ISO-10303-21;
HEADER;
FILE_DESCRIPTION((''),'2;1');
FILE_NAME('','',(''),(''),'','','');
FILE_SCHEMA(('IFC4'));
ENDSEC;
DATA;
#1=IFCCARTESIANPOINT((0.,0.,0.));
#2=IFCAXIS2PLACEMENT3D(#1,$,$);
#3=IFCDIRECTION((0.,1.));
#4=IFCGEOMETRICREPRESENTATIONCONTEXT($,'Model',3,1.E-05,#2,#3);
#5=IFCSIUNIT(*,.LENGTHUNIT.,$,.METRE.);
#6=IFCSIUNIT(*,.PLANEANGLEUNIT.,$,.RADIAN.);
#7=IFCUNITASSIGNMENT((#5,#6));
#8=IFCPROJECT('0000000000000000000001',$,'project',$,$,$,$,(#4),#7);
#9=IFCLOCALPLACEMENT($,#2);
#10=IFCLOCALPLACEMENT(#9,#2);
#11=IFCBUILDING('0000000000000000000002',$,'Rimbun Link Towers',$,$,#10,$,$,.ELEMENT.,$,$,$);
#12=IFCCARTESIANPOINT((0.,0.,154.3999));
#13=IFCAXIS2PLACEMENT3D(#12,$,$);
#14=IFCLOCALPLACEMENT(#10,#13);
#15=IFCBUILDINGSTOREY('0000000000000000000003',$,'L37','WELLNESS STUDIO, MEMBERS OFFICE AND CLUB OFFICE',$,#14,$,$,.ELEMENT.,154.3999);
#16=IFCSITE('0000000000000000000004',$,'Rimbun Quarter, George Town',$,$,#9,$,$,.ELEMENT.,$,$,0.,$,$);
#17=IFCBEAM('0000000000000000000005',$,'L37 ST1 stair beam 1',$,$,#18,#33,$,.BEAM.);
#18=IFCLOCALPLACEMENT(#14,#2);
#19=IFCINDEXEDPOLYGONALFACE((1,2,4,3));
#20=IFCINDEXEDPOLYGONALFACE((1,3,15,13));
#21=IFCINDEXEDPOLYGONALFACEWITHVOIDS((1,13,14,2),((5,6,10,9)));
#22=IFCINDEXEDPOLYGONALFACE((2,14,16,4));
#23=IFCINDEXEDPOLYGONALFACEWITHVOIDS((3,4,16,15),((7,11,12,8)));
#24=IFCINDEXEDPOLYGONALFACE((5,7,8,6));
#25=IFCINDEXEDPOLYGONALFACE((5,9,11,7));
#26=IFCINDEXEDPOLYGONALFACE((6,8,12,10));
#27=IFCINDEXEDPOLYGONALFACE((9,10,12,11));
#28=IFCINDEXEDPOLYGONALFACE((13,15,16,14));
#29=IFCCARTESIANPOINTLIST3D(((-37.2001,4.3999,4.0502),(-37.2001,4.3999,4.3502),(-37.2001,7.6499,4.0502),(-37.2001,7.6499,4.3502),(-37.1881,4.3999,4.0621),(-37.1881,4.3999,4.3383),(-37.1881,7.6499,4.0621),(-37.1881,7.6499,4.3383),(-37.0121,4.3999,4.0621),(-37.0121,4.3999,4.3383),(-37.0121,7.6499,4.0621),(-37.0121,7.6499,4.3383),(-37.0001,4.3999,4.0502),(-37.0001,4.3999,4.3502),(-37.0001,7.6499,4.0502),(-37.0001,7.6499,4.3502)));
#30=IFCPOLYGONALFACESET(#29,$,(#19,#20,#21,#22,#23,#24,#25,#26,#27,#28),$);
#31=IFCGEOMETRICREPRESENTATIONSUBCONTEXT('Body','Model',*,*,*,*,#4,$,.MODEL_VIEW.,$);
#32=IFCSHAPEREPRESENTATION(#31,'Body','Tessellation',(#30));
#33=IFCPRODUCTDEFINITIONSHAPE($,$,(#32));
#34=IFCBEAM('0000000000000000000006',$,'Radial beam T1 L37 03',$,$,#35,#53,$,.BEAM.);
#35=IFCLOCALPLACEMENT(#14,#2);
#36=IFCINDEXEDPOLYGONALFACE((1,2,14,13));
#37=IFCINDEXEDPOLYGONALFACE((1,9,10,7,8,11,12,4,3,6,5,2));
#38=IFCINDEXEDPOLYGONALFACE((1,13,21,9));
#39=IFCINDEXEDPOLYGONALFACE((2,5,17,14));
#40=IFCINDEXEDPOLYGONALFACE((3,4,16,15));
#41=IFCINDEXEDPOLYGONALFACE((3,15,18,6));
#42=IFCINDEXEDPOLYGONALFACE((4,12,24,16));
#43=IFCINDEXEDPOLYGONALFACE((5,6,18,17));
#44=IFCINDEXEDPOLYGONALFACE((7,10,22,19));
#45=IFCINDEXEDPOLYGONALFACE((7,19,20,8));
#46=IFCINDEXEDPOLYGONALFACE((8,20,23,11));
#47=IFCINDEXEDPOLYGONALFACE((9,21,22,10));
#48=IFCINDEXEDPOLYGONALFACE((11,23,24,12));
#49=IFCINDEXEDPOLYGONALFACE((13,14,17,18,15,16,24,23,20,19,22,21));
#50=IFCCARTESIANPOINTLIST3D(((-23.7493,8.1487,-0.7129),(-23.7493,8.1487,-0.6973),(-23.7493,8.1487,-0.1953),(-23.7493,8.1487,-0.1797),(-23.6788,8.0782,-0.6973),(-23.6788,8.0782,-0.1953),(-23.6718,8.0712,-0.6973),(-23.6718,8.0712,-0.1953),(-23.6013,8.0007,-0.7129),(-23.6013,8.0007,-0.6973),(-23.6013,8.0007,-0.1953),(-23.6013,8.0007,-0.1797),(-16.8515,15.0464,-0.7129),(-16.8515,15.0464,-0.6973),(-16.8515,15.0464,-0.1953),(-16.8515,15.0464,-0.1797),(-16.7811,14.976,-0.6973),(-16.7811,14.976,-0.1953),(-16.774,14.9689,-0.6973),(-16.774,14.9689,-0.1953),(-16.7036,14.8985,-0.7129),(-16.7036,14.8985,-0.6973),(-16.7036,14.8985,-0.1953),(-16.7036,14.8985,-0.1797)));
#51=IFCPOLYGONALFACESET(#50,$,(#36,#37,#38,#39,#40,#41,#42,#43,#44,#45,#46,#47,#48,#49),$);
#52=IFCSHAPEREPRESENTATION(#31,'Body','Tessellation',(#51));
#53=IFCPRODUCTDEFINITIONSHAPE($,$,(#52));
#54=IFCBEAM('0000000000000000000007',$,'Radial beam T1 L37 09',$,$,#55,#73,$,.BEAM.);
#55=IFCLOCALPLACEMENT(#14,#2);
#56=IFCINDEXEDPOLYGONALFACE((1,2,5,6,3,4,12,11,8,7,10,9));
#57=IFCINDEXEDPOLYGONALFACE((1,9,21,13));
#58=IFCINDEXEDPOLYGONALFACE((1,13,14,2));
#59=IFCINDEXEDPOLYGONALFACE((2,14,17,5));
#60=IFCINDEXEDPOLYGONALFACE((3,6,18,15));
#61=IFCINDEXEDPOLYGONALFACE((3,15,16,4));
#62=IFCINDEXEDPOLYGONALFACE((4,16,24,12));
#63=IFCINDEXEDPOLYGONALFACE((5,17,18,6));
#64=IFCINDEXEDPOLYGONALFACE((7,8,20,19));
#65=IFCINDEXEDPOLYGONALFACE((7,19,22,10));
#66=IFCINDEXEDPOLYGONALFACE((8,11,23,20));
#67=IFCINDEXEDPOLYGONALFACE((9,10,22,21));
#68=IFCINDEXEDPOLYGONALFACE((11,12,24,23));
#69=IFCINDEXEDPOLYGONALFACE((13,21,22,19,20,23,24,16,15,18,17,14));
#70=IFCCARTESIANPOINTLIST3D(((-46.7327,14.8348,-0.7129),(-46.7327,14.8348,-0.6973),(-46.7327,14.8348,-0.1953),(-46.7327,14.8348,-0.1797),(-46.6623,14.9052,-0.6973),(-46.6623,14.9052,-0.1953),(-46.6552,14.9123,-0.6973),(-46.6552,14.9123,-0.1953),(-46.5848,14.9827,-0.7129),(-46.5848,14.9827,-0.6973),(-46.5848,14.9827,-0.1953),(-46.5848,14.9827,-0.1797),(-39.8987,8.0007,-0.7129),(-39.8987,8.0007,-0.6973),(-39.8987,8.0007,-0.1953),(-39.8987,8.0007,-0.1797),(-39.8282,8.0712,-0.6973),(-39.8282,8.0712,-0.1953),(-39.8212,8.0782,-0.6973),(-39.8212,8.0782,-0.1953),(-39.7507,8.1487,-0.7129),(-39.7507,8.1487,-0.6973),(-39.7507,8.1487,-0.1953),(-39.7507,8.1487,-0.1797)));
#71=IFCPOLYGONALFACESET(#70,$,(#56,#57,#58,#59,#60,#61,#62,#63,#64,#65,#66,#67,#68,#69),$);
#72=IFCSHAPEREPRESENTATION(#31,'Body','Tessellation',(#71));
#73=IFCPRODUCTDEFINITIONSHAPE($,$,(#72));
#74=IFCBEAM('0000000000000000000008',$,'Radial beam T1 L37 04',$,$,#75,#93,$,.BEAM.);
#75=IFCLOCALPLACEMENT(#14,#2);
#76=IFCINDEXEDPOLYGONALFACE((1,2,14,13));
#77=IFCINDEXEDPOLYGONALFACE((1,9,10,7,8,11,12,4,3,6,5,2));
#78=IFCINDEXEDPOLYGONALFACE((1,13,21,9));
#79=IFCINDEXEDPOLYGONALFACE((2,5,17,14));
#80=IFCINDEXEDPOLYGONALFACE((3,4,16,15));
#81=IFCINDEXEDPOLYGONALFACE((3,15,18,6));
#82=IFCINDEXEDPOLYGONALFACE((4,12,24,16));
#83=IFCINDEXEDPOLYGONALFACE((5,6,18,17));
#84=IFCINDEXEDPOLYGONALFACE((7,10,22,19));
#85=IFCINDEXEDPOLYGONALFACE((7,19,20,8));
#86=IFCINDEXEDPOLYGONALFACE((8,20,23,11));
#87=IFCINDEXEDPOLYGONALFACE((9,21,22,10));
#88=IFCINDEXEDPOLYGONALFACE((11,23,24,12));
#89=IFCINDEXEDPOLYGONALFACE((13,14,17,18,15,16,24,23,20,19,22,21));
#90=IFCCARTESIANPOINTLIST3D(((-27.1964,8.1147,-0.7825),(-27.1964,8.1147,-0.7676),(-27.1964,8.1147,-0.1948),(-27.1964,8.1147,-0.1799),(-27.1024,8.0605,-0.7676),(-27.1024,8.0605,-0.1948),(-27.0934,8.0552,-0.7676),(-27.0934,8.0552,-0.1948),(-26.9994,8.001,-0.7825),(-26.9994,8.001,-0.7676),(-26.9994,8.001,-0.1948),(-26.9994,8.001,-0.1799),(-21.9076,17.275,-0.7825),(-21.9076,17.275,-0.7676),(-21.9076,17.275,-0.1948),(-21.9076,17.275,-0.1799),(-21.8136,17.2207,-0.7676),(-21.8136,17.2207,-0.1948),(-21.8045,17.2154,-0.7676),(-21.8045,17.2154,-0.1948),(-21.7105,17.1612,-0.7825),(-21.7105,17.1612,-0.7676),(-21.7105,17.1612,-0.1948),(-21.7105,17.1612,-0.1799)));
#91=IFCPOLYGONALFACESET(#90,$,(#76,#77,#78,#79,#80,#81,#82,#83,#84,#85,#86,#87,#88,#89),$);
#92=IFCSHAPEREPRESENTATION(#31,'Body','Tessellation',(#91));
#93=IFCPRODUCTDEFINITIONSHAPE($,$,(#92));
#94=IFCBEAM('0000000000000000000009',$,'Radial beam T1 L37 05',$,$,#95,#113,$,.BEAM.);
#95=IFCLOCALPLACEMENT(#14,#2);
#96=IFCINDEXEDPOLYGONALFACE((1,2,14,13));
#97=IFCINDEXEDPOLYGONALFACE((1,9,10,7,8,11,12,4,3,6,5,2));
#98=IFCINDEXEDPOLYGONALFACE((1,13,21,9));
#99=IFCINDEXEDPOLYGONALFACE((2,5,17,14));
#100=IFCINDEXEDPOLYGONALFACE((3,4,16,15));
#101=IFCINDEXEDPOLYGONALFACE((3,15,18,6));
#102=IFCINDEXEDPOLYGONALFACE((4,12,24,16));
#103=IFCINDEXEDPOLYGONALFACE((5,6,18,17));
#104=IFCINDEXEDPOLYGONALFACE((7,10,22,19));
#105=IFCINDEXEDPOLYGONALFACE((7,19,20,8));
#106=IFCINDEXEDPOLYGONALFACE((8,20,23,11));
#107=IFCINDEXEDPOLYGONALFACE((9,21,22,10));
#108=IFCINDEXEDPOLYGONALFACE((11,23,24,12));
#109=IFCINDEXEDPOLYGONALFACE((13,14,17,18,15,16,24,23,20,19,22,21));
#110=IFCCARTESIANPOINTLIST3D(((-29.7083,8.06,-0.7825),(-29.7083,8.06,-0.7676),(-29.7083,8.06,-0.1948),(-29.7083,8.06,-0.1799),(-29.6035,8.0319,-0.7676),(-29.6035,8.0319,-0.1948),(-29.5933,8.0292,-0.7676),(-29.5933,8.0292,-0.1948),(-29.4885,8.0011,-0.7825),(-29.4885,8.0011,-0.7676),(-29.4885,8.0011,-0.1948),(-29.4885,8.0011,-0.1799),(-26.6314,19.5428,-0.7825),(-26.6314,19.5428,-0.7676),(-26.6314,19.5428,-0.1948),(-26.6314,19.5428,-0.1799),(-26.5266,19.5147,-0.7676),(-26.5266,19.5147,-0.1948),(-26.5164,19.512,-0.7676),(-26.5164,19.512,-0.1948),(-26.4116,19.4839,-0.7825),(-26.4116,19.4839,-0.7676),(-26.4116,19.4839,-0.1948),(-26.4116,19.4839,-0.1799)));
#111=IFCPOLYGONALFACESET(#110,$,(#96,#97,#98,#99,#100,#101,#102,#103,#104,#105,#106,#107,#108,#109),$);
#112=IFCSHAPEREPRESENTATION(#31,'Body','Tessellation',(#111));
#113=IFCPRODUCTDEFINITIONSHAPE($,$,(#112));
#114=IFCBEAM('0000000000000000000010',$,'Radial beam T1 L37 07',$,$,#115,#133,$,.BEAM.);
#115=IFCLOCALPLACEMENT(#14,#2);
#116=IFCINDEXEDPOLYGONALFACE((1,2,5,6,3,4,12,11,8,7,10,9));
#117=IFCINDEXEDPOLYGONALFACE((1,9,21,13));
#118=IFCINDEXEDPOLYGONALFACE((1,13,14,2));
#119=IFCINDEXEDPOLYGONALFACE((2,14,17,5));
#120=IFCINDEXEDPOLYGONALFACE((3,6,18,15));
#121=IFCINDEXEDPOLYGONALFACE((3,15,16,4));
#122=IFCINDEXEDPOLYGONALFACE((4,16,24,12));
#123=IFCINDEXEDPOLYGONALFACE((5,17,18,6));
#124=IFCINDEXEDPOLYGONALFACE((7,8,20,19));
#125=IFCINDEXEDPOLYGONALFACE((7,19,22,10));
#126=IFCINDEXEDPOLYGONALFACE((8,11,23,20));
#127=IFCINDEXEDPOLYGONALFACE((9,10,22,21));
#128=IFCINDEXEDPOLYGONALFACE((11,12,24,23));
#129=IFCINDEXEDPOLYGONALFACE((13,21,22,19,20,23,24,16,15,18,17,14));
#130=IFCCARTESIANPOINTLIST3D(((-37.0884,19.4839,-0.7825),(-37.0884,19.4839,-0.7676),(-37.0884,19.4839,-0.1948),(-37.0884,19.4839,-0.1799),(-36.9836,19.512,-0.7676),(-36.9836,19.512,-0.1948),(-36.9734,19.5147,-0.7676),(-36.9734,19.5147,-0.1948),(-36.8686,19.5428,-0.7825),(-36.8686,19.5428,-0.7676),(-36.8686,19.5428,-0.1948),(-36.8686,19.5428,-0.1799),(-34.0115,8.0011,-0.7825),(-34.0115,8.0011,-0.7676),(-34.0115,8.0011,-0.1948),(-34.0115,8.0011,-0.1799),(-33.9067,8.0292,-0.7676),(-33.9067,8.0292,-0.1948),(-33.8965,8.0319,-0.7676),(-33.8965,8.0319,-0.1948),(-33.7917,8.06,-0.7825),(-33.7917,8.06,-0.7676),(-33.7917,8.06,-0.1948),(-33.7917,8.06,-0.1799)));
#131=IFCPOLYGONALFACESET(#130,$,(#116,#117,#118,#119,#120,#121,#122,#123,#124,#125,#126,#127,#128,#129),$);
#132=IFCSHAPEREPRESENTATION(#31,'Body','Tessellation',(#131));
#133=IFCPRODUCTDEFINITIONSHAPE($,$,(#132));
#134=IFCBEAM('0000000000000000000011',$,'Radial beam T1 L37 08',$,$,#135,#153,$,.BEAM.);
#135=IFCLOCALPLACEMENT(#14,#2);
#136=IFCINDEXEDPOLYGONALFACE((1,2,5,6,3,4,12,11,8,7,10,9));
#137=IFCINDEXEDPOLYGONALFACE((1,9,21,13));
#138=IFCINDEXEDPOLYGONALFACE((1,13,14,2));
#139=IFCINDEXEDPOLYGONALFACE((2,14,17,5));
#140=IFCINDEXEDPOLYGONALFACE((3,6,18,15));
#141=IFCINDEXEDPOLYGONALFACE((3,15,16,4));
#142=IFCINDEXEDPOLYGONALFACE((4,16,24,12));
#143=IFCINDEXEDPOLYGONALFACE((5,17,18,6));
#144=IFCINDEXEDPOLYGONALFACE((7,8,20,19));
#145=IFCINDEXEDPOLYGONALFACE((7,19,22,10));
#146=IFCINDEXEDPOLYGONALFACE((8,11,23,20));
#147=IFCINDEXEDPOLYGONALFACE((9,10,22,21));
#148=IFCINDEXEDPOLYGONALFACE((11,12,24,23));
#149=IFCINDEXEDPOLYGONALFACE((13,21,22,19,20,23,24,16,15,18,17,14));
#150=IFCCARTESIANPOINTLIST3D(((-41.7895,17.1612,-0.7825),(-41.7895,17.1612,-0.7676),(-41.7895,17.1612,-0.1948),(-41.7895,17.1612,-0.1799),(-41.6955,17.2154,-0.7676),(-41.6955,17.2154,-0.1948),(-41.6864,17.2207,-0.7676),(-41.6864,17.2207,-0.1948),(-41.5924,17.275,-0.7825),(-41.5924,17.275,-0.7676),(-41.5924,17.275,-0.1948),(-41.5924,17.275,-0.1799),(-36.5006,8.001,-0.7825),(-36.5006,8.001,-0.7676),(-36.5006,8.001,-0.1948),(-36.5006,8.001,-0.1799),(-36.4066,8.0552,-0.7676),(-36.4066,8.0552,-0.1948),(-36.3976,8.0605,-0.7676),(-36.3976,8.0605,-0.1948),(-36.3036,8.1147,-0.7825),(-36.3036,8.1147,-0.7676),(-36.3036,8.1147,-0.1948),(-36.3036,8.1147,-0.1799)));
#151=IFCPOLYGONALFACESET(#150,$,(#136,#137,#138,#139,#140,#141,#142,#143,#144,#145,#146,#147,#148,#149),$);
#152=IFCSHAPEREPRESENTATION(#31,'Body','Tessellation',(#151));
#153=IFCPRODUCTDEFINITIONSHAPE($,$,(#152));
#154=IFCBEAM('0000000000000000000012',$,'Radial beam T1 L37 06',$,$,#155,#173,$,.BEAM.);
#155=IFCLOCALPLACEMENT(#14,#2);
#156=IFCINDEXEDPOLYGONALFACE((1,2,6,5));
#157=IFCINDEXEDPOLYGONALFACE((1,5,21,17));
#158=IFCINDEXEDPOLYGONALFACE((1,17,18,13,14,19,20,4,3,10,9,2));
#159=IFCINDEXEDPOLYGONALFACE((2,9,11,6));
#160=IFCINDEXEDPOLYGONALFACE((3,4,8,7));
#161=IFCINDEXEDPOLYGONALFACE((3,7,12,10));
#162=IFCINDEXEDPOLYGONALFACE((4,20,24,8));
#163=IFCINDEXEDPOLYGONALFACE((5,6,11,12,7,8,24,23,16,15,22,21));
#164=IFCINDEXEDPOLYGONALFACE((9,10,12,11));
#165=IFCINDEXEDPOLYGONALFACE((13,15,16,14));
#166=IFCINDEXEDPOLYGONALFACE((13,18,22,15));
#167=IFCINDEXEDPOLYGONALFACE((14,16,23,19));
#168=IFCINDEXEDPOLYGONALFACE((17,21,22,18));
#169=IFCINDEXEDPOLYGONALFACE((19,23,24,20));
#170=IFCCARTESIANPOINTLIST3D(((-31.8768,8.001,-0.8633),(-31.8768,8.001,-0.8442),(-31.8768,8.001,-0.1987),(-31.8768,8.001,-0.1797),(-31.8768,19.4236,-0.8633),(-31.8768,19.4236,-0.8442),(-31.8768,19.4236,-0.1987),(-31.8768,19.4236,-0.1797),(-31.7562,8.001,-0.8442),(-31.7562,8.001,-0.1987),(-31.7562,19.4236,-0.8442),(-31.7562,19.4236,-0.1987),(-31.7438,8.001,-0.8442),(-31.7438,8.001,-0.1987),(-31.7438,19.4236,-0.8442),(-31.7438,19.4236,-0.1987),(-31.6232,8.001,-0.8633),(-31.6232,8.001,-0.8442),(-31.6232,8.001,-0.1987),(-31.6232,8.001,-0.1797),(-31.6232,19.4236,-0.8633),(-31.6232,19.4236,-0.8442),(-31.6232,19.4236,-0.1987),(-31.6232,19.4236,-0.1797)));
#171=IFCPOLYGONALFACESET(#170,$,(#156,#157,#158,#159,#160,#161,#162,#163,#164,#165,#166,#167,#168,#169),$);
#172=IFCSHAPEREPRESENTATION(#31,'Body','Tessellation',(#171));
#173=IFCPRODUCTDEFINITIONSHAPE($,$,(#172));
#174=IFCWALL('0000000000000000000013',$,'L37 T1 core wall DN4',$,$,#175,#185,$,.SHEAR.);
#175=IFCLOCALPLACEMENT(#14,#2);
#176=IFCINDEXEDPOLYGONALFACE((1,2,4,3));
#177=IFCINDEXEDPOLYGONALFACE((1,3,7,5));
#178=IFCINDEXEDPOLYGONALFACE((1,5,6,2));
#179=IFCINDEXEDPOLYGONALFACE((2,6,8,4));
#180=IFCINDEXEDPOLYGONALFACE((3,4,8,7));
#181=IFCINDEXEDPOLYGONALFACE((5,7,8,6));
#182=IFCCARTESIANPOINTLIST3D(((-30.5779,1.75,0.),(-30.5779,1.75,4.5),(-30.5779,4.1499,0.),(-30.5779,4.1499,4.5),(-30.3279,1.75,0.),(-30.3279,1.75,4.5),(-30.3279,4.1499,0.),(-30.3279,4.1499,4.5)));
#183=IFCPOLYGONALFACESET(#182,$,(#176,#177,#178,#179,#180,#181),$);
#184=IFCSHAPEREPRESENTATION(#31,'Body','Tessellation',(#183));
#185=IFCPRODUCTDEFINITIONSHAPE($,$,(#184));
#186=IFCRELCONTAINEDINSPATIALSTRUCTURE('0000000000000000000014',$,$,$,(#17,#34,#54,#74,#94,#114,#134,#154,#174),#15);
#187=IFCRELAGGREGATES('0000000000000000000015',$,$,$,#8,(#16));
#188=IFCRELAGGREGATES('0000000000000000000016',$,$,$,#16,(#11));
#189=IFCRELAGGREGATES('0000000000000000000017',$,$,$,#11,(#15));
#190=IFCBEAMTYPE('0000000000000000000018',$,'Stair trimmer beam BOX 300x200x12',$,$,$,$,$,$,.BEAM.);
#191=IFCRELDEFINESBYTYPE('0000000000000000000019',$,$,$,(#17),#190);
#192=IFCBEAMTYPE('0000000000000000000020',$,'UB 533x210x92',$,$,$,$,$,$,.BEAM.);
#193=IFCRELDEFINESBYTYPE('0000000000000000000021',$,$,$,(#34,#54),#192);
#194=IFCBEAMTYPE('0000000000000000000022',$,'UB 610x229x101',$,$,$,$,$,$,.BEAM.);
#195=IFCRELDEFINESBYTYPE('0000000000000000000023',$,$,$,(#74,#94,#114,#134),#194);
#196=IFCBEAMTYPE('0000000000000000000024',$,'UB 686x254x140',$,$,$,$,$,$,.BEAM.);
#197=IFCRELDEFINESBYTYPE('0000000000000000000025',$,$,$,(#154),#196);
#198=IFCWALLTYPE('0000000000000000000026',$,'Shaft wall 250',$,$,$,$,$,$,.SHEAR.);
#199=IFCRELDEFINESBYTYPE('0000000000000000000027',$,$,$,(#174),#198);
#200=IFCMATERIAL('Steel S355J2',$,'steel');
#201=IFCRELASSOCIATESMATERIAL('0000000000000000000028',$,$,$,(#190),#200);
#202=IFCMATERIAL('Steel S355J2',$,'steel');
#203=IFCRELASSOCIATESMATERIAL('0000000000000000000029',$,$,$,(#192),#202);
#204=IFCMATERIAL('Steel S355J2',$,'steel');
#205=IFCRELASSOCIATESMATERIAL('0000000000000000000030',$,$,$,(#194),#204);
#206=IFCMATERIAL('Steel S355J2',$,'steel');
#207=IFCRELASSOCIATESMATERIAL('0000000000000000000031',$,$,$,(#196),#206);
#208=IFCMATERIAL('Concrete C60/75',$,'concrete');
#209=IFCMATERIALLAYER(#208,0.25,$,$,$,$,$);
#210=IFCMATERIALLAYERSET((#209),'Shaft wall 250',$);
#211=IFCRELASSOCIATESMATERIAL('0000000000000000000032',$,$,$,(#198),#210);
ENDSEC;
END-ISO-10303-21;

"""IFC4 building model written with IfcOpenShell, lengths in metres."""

from ifc_helpers import new_model, si_unit, direction, frame, frame_2d, origin, origin_2d, place, context, subcontext, project, spatial, rectangle, hollow_rectangle, i_section, extrude, material, layer, layer_set, material_profile, profile_set, type_object, element, save


model = new_model("IFC4")

# Units and contexts
model_context = context("Model", 3, precision=1e-05, world=origin(), true_north=direction((0.0, 1.0)))
body_context = subcontext(model_context, "Body", "Model", "MODEL_VIEW")
ifc_project = project(units=[si_unit("LENGTHUNIT", "METRE"), si_unit("PLANEANGLEUNIT", "RADIAN")], contexts=[model_context])

# Site, building, storey
site_placement = place(None, origin())
site = spatial("IfcSite", under=ifc_project, at=site_placement, Name="Rimbun Quarter, George Town", CompositionType="ELEMENT", RefElevation=0.0)
building_placement = place(site_placement, origin())
building = spatial("IfcBuilding", under=site, at=building_placement, Name="Rimbun Link Towers", CompositionType="ELEMENT")
storey_placement = place(building_placement, frame((0.0, 0.0, 154.3999)))
storey = spatial("IfcBuildingStorey", under=building, at=storey_placement, Name="L37", Description="WELLNESS STUDIO, MEMBERS OFFICE AND CLUB OFFICE", CompositionType="ELEMENT", Elevation=154.3999)

# Beams
ifc_material_1 = material(Name="Steel S355J2", Category="steel")
ifc_material_profile_1 = material_profile(ifc_material_1, hollow_rectangle(XDim=0.2, YDim=0.3, WallThickness=0.012, at=origin_2d()), Name="BOX 300x200x12")
ifc_profile_set_1 = profile_set([ifc_material_profile_1], Name="Steel S355J2")
beam_type_1 = type_object("IfcBeamType", Name="Stair trimmer beam BOX 300x200x12", PredefinedType="BEAM", material=ifc_profile_set_1)
beam_1_placement = place(storey_placement, frame((-37.1001, 7.6499, 4.2002), z_axis=(0.0, -1.0, 0.0), x_axis=(1.0, 0.0, 0.0)))
element("IfcBeam", 1, at=beam_1_placement, inside=storey, type_object=beam_type_1, Name="L37 ST1 stair beam 1", PredefinedType="BEAM", context=body_context, shape_type="SweptSolid", body=[
    extrude(hollow_rectangle(XDim=0.2, YDim=0.3, WallThickness=0.012, at=origin_2d()), origin(), (0.0, 0.0, 1.0), 3.25),
])
ifc_material_2 = material(Name="Steel S355J2", Category="steel")
ifc_material_profile_2 = material_profile(ifc_material_2, i_section(OverallWidth=0.2092, OverallDepth=0.5332, WebThickness=0.01, FlangeThickness=0.0156, at=origin_2d()), Name="UB 533x210x92")
ifc_profile_set_2 = profile_set([ifc_material_profile_2], Name="Steel S355J2")
beam_type_2 = type_object("IfcBeamType", Name="UB 533x210x92", PredefinedType="BEAM", material=ifc_profile_set_2)
beam_2_placement = place(storey_placement, frame((-23.6753, 8.0747, -0.4463), z_axis=(0.707107, 0.707107, 0.0), x_axis=(-0.707107, 0.707107, 0.0)))
element("IfcBeam", 2, at=beam_2_placement, inside=storey, type_object=beam_type_2, Name="Radial beam T1 L37 03", PredefinedType="BEAM", context=body_context, shape_type="SweptSolid", body=[
    extrude(i_section(OverallWidth=0.2092, OverallDepth=0.5332, WebThickness=0.01, FlangeThickness=0.0156, at=origin_2d()), origin(), (0.0, 0.0, 1.0), 9.7549),
])
beam_3_placement = place(storey_placement, frame((-39.8247, 8.0747, -0.4463), z_axis=(-0.707107, 0.707107, 0.0), x_axis=(-0.707107, -0.707107, 0.0)))
element("IfcBeam", 3, at=beam_3_placement, inside=storey, type_object=beam_type_2, Name="Radial beam T1 L37 09", PredefinedType="BEAM", context=body_context, shape_type="SweptSolid", body=[
    extrude(i_section(OverallWidth=0.2092, OverallDepth=0.5332, WebThickness=0.01, FlangeThickness=0.0156, at=origin_2d()), origin(), (0.0, 0.0, 1.0), 9.6648),
])
ifc_material_3 = material(Name="Steel S355J2", Category="steel")
ifc_material_profile_3 = material_profile(ifc_material_3, i_section(OverallWidth=0.2275, OverallDepth=0.6025, WebThickness=0.0105, FlangeThickness=0.0149, at=origin_2d()), Name="UB 610x229x101")
ifc_profile_set_3 = profile_set([ifc_material_profile_3], Name="Steel S355J2")
beam_type_3 = type_object("IfcBeamType", Name="UB 610x229x101", PredefinedType="BEAM", material=ifc_profile_set_3)
beam_4_placement = place(storey_placement, frame((-27.0979, 8.0579, -0.4812), z_axis=(0.500014, 0.866017, 0.0), x_axis=(-0.866017, 0.500014, 0.0)))
element("IfcBeam", 4, at=beam_4_placement, inside=storey, type_object=beam_type_3, Name="Radial beam T1 L37 04", PredefinedType="BEAM", context=body_context, shape_type="SweptSolid", body=[
    extrude(i_section(OverallWidth=0.2275, OverallDepth=0.6025, WebThickness=0.0105, FlangeThickness=0.0149, at=origin_2d()), origin(), (0.0, 0.0, 1.0), 10.5774),
])
for number, where, z_axis, x_axis, name in (
    (5, (-29.5984, 8.0305, -0.4812), (0.258824, 0.965924, 0.0), (-0.965924, 0.258824, 0.0), "Radial beam T1 L37 05"),
    (6, (-33.9016, 8.0305, -0.4812), (-0.258824, 0.965924, 0.0), (-0.965924, -0.258824, 0.0), "Radial beam T1 L37 07"),
):
    element("IfcBeam", number, at=place(storey_placement, frame(where, z_axis=z_axis, x_axis=x_axis)), inside=storey, type_object=beam_type_3, Name=name, PredefinedType="BEAM", context=body_context, shape_type="SweptSolid", body=[
        extrude(i_section(OverallWidth=0.2275, OverallDepth=0.6025, WebThickness=0.0105, FlangeThickness=0.0149, at=origin_2d()), origin(), (0.0, 0.0, 1.0), 11.8879),
    ])
beam_5_placement = place(storey_placement, frame((-36.4021, 8.0579, -0.4812), z_axis=(-0.500014, 0.866017, 0.0), x_axis=(-0.866017, -0.500014, 0.0)))
element("IfcBeam", 7, at=beam_5_placement, inside=storey, type_object=beam_type_3, Name="Radial beam T1 L37 08", PredefinedType="BEAM", context=body_context, shape_type="SweptSolid", body=[
    extrude(i_section(OverallWidth=0.2275, OverallDepth=0.6025, WebThickness=0.0105, FlangeThickness=0.0149, at=origin_2d()), origin(), (0.0, 0.0, 1.0), 10.5774),
])
ifc_material_4 = material(Name="Steel S355J2", Category="steel")
ifc_material_profile_4 = material_profile(ifc_material_4, i_section(OverallWidth=0.2537, OverallDepth=0.6836, WebThickness=0.0125, FlangeThickness=0.019, at=origin_2d()), Name="UB 686x254x140")
ifc_profile_set_4 = profile_set([ifc_material_profile_4], Name="Steel S355J2")
beam_type_4 = type_object("IfcBeamType", Name="UB 686x254x140", PredefinedType="BEAM", material=ifc_profile_set_4)
beam_6_placement = place(storey_placement, frame((-31.75, 8.001, -0.5215), z_axis=(0.0, 1.0, 0.0), x_axis=(-1.0, 0.0, 0.0)))
element("IfcBeam", 8, at=beam_6_placement, inside=storey, type_object=beam_type_4, Name="Radial beam T1 L37 06", PredefinedType="BEAM", context=body_context, shape_type="SweptSolid", body=[
    extrude(i_section(OverallWidth=0.2537, OverallDepth=0.6836, WebThickness=0.0125, FlangeThickness=0.019, at=origin_2d()), origin(), (0.0, 0.0, 1.0), 11.4226),
])

# Wall
ifc_material_5 = material(Name="Concrete C60/75", Category="concrete")
ifc_layer = layer(ifc_material_5, 0.25)
ifc_layer_set = layer_set([ifc_layer], Name="Shaft wall 250")
wall_type = type_object("IfcWallType", Name="Shaft wall 250", PredefinedType="SHEAR", material=ifc_layer_set)
wall_1_placement = place(storey_placement, frame((-30.4529, 1.75, 0.0), z_axis=(0.0, 0.0, 1.0), x_axis=(0.0, 1.0, 0.0)))
element("IfcWall", 9, at=wall_1_placement, inside=storey, type_object=wall_type, Name="L37 T1 core wall DN4", PredefinedType="SHEAR", context=body_context, shape_type="SweptSolid", body=[
    extrude(rectangle(XDim=2.3999, YDim=0.25, at=frame_2d((1.2, 0.0))), origin(), (0.0, 0.0, 1.0), 4.5),
])

save(model, "model.ifc")
